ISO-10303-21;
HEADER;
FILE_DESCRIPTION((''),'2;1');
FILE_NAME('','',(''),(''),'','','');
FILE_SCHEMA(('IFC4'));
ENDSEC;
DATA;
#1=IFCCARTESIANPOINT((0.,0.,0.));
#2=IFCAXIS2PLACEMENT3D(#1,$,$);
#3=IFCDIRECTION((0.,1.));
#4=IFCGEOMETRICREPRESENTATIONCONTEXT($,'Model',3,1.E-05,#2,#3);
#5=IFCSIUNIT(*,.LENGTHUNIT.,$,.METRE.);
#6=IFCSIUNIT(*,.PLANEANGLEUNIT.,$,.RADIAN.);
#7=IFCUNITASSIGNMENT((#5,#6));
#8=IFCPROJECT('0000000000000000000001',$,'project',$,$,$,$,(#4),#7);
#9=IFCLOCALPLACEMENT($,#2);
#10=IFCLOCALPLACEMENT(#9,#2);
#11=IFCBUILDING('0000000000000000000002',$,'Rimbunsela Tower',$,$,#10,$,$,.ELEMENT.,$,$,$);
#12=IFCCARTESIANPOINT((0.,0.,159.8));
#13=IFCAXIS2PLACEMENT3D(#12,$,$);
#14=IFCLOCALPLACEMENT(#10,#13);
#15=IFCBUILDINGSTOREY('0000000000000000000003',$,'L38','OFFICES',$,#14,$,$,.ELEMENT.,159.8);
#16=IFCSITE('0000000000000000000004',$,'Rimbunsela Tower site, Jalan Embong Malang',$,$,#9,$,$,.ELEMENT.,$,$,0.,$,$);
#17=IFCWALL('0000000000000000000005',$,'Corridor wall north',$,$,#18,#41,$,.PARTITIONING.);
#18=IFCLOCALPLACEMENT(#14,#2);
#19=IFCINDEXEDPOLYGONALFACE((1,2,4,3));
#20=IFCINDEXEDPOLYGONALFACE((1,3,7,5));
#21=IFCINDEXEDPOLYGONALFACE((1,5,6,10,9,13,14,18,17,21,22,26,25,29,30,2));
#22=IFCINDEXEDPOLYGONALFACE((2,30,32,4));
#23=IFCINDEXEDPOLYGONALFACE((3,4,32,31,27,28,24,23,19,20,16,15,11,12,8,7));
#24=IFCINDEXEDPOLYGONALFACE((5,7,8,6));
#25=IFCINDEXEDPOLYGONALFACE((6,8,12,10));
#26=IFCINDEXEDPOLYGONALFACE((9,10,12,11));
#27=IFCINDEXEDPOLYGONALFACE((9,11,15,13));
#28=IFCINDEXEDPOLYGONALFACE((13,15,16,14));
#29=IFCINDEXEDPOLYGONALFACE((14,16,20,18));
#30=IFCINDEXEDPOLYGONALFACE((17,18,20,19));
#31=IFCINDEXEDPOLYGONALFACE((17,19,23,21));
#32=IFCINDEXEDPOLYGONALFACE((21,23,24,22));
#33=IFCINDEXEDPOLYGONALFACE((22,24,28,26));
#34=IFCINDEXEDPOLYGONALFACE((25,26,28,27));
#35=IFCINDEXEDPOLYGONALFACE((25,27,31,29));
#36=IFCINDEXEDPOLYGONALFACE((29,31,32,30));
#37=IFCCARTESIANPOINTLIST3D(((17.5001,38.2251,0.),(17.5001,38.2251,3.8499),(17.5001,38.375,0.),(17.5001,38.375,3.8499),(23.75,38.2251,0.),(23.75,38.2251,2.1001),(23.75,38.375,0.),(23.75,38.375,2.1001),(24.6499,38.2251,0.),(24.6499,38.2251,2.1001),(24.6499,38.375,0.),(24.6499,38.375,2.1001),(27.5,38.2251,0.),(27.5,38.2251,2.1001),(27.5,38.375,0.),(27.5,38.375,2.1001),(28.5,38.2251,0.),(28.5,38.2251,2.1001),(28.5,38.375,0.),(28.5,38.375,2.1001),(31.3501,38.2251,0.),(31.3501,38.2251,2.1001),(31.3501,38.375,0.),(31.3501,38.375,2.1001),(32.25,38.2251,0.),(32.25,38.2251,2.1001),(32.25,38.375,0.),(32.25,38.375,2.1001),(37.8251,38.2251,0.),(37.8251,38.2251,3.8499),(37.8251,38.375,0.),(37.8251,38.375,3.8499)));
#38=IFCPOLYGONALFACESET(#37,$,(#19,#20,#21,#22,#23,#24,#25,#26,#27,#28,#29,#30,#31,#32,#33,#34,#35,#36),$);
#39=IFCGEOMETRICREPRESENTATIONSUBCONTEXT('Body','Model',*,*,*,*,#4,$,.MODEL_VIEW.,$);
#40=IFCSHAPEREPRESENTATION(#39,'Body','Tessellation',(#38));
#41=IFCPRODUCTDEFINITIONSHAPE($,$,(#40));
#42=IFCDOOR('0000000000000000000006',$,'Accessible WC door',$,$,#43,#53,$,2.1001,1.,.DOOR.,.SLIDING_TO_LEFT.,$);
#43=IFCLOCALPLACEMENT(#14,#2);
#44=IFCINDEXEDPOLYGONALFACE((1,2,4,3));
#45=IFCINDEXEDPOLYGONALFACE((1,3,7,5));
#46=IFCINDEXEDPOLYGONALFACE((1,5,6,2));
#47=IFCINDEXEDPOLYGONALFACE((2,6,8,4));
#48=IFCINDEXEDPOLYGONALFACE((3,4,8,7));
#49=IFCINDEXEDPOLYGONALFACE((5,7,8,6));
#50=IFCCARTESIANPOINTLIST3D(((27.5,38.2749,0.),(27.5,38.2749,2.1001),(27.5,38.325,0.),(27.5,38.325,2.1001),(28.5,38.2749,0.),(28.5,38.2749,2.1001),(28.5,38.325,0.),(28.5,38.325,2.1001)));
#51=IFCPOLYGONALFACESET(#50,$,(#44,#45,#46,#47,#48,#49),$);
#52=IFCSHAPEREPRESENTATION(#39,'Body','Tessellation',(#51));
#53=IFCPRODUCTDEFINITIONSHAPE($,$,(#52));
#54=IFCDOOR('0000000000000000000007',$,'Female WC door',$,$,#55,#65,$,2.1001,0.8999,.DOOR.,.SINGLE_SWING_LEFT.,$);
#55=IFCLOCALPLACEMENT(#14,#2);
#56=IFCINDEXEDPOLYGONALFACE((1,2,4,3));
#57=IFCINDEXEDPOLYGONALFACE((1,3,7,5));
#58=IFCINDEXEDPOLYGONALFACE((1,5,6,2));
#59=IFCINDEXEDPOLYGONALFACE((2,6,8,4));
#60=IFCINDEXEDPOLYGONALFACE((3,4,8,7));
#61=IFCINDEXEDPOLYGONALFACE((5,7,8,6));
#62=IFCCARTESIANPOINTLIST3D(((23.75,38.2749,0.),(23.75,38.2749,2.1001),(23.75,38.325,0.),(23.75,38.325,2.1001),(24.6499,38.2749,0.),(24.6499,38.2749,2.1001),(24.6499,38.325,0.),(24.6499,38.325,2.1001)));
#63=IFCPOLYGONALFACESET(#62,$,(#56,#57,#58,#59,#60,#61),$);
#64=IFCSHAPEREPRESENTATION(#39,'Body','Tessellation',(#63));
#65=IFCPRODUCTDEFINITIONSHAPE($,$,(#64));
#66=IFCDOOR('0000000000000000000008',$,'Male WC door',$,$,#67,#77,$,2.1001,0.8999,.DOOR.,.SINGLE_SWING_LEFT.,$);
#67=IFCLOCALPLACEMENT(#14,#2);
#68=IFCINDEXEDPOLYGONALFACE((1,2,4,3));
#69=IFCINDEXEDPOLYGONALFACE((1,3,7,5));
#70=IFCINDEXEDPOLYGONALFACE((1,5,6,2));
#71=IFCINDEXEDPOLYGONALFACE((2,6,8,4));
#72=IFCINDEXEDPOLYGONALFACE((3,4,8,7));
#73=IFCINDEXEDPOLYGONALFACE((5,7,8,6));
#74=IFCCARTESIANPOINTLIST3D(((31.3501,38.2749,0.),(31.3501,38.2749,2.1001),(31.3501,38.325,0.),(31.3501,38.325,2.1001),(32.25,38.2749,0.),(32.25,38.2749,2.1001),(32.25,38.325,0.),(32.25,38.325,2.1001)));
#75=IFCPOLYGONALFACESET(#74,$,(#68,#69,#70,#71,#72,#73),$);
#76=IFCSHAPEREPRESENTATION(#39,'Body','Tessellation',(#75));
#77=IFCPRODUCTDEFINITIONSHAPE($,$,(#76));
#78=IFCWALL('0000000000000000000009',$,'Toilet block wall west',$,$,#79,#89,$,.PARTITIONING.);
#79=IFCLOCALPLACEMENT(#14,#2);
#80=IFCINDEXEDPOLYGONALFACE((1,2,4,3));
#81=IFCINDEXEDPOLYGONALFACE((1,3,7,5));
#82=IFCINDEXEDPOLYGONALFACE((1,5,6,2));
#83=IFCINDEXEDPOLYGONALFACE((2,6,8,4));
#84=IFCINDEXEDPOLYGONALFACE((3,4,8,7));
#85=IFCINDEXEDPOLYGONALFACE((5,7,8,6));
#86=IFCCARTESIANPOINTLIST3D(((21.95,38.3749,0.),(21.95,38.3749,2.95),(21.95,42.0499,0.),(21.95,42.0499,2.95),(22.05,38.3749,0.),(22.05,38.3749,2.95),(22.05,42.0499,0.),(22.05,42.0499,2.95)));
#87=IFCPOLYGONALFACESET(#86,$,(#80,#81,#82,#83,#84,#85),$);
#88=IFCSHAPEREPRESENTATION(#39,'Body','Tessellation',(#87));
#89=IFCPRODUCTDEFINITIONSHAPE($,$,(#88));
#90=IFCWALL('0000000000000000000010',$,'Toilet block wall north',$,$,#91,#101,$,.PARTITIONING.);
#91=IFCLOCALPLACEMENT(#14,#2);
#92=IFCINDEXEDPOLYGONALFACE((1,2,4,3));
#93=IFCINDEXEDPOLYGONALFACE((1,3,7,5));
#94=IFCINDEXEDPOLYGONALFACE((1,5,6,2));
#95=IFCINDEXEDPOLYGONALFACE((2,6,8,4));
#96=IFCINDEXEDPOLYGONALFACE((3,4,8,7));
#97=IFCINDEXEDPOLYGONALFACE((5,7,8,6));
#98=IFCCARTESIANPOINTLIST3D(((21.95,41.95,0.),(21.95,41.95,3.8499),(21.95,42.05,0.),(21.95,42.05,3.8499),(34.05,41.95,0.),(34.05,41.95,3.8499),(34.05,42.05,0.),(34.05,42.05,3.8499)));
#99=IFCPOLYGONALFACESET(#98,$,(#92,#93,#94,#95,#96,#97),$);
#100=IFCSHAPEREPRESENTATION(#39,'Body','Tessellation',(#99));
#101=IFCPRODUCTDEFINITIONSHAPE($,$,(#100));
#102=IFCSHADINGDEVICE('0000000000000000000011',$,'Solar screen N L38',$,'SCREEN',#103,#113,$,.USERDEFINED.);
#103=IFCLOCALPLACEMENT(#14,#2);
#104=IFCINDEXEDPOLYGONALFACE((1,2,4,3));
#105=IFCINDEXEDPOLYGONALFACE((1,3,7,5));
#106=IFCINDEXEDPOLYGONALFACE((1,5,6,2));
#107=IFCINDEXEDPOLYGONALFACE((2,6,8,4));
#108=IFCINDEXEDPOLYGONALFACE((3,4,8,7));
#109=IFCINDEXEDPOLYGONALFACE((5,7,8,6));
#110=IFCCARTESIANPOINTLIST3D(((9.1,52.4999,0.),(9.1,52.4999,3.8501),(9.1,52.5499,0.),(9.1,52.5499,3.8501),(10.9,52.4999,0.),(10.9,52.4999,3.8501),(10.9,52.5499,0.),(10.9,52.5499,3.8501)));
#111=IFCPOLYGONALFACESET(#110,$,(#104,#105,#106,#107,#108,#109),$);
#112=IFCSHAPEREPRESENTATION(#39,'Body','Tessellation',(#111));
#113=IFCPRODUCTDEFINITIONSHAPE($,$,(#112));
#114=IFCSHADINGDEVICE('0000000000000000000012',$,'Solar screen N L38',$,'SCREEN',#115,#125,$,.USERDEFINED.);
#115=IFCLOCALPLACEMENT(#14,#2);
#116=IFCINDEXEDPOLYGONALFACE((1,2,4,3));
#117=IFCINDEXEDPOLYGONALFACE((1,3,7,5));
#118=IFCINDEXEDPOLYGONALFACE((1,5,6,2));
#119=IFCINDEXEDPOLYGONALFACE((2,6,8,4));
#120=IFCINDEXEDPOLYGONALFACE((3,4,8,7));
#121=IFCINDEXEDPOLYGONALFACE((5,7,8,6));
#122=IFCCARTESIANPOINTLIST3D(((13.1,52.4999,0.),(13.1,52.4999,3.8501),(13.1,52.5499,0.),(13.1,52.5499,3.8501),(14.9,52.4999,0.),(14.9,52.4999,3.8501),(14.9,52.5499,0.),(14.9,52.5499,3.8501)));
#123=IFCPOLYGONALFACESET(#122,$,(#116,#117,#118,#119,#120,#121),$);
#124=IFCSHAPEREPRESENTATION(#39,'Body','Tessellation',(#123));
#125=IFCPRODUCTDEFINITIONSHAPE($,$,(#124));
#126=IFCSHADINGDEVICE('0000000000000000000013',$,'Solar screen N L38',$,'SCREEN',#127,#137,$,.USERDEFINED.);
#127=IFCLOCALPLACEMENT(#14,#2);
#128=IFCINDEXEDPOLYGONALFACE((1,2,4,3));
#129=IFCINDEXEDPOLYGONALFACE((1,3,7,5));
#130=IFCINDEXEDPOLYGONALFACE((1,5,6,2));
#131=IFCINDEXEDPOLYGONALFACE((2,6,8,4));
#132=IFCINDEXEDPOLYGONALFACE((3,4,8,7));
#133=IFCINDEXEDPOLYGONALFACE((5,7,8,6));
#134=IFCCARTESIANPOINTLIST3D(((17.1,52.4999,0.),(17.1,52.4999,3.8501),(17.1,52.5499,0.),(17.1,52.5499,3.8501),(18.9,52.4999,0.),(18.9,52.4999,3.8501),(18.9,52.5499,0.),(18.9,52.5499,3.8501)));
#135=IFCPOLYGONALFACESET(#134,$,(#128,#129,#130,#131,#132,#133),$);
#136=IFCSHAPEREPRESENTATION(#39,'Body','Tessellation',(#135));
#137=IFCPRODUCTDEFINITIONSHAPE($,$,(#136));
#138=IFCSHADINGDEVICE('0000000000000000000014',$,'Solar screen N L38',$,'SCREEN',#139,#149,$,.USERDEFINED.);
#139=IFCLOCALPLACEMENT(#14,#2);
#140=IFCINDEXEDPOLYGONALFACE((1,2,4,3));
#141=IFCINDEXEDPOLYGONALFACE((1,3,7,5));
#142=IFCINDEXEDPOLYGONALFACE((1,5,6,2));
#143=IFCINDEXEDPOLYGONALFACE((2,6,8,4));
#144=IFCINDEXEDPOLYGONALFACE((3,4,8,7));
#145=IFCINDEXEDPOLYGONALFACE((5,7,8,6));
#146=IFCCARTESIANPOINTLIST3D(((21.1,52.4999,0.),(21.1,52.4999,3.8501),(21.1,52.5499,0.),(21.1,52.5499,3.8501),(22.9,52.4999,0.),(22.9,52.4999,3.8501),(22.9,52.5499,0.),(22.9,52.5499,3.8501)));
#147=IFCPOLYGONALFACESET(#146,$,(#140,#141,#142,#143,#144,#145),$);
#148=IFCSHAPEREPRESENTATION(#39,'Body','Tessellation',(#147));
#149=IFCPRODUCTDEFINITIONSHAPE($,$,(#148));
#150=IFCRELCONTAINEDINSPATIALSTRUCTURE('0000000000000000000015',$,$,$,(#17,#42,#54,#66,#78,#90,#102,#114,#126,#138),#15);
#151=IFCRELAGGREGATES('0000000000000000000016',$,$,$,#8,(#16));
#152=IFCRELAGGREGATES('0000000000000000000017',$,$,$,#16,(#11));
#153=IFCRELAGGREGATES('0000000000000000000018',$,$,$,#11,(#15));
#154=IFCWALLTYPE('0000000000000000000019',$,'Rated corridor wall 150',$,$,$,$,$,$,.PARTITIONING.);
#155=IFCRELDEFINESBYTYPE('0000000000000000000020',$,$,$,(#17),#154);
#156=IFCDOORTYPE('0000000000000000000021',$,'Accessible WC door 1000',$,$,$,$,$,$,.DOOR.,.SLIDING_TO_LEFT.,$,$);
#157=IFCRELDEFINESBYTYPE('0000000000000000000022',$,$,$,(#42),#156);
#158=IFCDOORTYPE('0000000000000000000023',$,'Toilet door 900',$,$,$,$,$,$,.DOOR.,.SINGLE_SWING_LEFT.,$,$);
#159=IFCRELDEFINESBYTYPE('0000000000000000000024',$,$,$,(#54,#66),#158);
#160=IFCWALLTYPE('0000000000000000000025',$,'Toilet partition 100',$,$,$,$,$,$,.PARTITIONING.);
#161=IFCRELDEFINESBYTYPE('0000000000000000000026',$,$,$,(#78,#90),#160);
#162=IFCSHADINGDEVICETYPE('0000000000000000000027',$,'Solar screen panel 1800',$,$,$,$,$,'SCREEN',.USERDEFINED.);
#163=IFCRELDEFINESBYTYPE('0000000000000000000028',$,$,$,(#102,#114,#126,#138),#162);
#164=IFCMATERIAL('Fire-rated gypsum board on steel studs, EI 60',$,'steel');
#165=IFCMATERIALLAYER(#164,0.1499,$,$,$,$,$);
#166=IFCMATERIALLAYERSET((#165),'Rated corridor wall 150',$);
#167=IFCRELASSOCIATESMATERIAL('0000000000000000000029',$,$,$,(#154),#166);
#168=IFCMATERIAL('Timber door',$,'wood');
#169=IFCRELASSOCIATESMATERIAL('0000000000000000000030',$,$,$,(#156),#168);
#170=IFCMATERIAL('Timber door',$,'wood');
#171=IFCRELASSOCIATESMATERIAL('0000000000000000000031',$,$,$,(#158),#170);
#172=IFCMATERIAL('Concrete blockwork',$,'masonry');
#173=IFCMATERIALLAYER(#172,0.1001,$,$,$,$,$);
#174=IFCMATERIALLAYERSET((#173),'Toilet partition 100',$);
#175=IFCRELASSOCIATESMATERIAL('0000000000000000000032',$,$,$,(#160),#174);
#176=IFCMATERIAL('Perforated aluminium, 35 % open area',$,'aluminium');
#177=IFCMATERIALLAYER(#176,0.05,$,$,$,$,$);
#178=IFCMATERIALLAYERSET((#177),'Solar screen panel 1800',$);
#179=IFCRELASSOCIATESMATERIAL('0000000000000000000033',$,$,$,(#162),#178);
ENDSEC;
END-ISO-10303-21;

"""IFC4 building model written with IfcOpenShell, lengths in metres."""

from ifc_helpers import new_model, si_unit, direction, frame, frame_2d, origin, origin_2d, place, context, subcontext, project, spatial, rectangle, extrude, material, layer, layer_set, type_object, element, fill, save


model = new_model("IFC4")

# Units and contexts
model_context = context("Model", 3, precision=1e-05, world=origin(), true_north=direction((0.0, 1.0)))
body_context = subcontext(model_context, "Body", "Model", "MODEL_VIEW")
ifc_project = project(units=[si_unit("LENGTHUNIT", "METRE"), si_unit("PLANEANGLEUNIT", "RADIAN")], contexts=[model_context])

# Site, building, storey
site_placement = place(None, origin())
site = spatial("IfcSite", under=ifc_project, at=site_placement, Name="Rimbunsela Tower site, Jalan Embong Malang", CompositionType="ELEMENT", RefElevation=0.0)
building_placement = place(site_placement, origin())
building = spatial("IfcBuilding", under=site, at=building_placement, Name="Rimbunsela Tower", CompositionType="ELEMENT")
storey_placement = place(building_placement, frame((0.0, 0.0, 159.8)))
storey = spatial("IfcBuildingStorey", under=building, at=storey_placement, Name="L38", Description="OFFICES", CompositionType="ELEMENT", Elevation=159.8)

# Wall, openings, doors
ifc_material_1 = material(Name="Fire-rated gypsum board on steel studs, EI 60", Category="steel")
ifc_layer_1 = layer(ifc_material_1, 0.1499)
ifc_layer_set_1 = layer_set([ifc_layer_1], Name="Rated corridor wall 150")
wall_type_1 = type_object("IfcWallType", Name="Rated corridor wall 150", PredefinedType="PARTITIONING", material=ifc_layer_set_1)
wall_1_placement = place(storey_placement, frame((17.5, 38.3, 0.0), z_axis=(0.0, 0.0, 1.0), x_axis=(1.0, 0.0, 0.0)))
wall_1 = element("IfcWall", 1, at=wall_1_placement, inside=storey, type_object=wall_type_1, Name="Corridor wall north", PredefinedType="PARTITIONING", context=body_context, shape_type="SweptSolid", body=[
    extrude(rectangle(XDim=20.325, YDim=0.1499, at=frame_2d((10.1626, 0.0))), origin(), (0.0, 0.0, 1.0), 3.8499),
])
opening_1_placement = place(wall_1_placement, frame((6.25, 0.0, 0.0)))
opening_1 = element("IfcOpeningElement", 2, at=opening_1_placement, cuts=wall_1, PredefinedType="OPENING", context=body_context, shape_type="SweptSolid", body=[
    extrude(rectangle(XDim=0.8999, YDim=2.1001, at=frame_2d((0.45, 1.05))), frame((0.0, 0.085, 0.0), z_axis=(0.0, -1.0, 0.0), x_axis=(1.0, 0.0, 0.0)), (0.0, 0.0, 1.0), 0.1699),
])
opening_2_placement = place(wall_1_placement, frame((10.0, 0.0, 0.0)))
opening_2 = element("IfcOpeningElement", 3, at=opening_2_placement, cuts=wall_1, PredefinedType="OPENING", context=body_context, shape_type="SweptSolid", body=[
    extrude(rectangle(XDim=1.0, YDim=2.1001, at=frame_2d((0.5, 1.05))), frame((0.0, 0.085, 0.0), z_axis=(0.0, -1.0, 0.0), x_axis=(1.0, 0.0, 0.0)), (0.0, 0.0, 1.0), 0.1699),
])
opening_3_placement = place(wall_1_placement, frame((13.8501, 0.0, 0.0)))
opening_3 = element("IfcOpeningElement", 4, at=opening_3_placement, cuts=wall_1, PredefinedType="OPENING", context=body_context, shape_type="SweptSolid", body=[
    extrude(rectangle(XDim=0.8999, YDim=2.1001, at=frame_2d((0.45, 1.05))), frame((0.0, 0.085, 0.0), z_axis=(0.0, -1.0, 0.0), x_axis=(1.0, 0.0, 0.0)), (0.0, 0.0, 1.0), 0.1699),
])
ifc_material_2 = material(Name="Timber door", Category="wood")
door_type_1 = type_object("IfcDoorType", Name="Accessible WC door 1000", OperationType="SLIDING_TO_LEFT", PredefinedType="DOOR", material=ifc_material_2)
door_1_placement = place(opening_2_placement, origin())
door_1 = element("IfcDoor", 5, at=door_1_placement, inside=storey, type_object=door_type_1, Name="Accessible WC door", OperationType="SLIDING_TO_LEFT", OverallHeight=2.1001, OverallWidth=1.0, PredefinedType="DOOR", context=body_context, shape_type="SweptSolid", body=[
    extrude(rectangle(XDim=1.0, YDim=2.1001, at=frame_2d((0.5, 1.05))), frame((0.0, 0.0249, 0.0), z_axis=(0.0, -1.0, 0.0), x_axis=(1.0, 0.0, 0.0)), (0.0, 0.0, 1.0), 0.05),
])
fill(opening_2, door_1)
ifc_material_3 = material(Name="Timber door", Category="wood")
door_type_2 = type_object("IfcDoorType", Name="Toilet door 900", OperationType="SINGLE_SWING_LEFT", PredefinedType="DOOR", material=ifc_material_3)
door_2_placement = place(opening_1_placement, origin())
door_2 = element("IfcDoor", 6, at=door_2_placement, inside=storey, type_object=door_type_2, Name="Female WC door", OperationType="SINGLE_SWING_LEFT", OverallHeight=2.1001, OverallWidth=0.8999, PredefinedType="DOOR", context=body_context, shape_type="SweptSolid", body=[
    extrude(rectangle(XDim=0.8999, YDim=2.1001, at=frame_2d((0.45, 1.05))), frame((0.0, 0.0249, 0.0), z_axis=(0.0, -1.0, 0.0), x_axis=(1.0, 0.0, 0.0)), (0.0, 0.0, 1.0), 0.05),
])
fill(opening_1, door_2)
door_3_placement = place(opening_3_placement, origin())
door_3 = element("IfcDoor", 7, at=door_3_placement, inside=storey, type_object=door_type_2, Name="Male WC door", OperationType="SINGLE_SWING_LEFT", OverallHeight=2.1001, OverallWidth=0.8999, PredefinedType="DOOR", context=body_context, shape_type="SweptSolid", body=[
    extrude(rectangle(XDim=0.8999, YDim=2.1001, at=frame_2d((0.45, 1.05))), frame((0.0, 0.0249, 0.0), z_axis=(0.0, -1.0, 0.0), x_axis=(1.0, 0.0, 0.0)), (0.0, 0.0, 1.0), 0.05),
])
fill(opening_3, door_3)

# Walls
ifc_material_4 = material(Name="Concrete blockwork", Category="masonry")
ifc_layer_2 = layer(ifc_material_4, 0.1001)
ifc_layer_set_2 = layer_set([ifc_layer_2], Name="Toilet partition 100")
wall_type_2 = type_object("IfcWallType", Name="Toilet partition 100", PredefinedType="PARTITIONING", material=ifc_layer_set_2)
wall_2_placement = place(storey_placement, frame((22.0, 38.375, 0.0), z_axis=(0.0, 0.0, 1.0), x_axis=(0.0, 1.0, 0.0)))
element("IfcWall", 8, at=wall_2_placement, inside=storey, type_object=wall_type_2, Name="Toilet block wall west", PredefinedType="PARTITIONING", context=body_context, shape_type="SweptSolid", body=[
    extrude(rectangle(XDim=3.675, YDim=0.1001, at=frame_2d((1.8374, 0.0))), origin(), (0.0, 0.0, 1.0), 2.95),
])
wall_3_placement = place(storey_placement, frame((21.95, 42.0, 0.0), z_axis=(0.0, 0.0, 1.0), x_axis=(1.0, 0.0, 0.0)))
element("IfcWall", 9, at=wall_3_placement, inside=storey, type_object=wall_type_2, Name="Toilet block wall north", PredefinedType="PARTITIONING", context=body_context, shape_type="SweptSolid", body=[
    extrude(rectangle(XDim=12.1001, YDim=0.1001, at=frame_2d((6.05, 0.0))), origin(), (0.0, 0.0, 1.0), 3.8499),
])

# Shading devices
ifc_material_5 = material(Name="Perforated aluminium, 35 % open area", Category="aluminium")
ifc_layer_3 = layer(ifc_material_5, 0.05)
ifc_layer_set_3 = layer_set([ifc_layer_3], Name="Solar screen panel 1800")
shading_device_type = type_object("IfcShadingDeviceType", Name="Solar screen panel 1800", ElementType="SCREEN", PredefinedType="USERDEFINED", material=ifc_layer_set_3)
for number, where, z_axis, x_axis, name in (
    (10, (10.0, 52.5249, 0.0), (0.0, 0.0, 1.0), (1.0, 0.0, 0.0), "Solar screen N L38"),
    (11, (14.0, 52.5249, 0.0), (0.0, 0.0, 1.0), (1.0, 0.0, 0.0), "Solar screen N L38"),
    (12, (18.0, 52.5249, 0.0), (0.0, 0.0, 1.0), (1.0, 0.0, 0.0), "Solar screen N L38"),
    (13, (22.0, 52.5249, 0.0), (0.0, 0.0, 1.0), (1.0, 0.0, 0.0), "Solar screen N L38"),
):
    element("IfcShadingDevice", number, at=place(storey_placement, frame(where, z_axis=z_axis, x_axis=x_axis)), inside=storey, type_object=shading_device_type, Name=name, ObjectType="SCREEN", PredefinedType="USERDEFINED", context=body_context, shape_type="SweptSolid", body=[
        extrude(rectangle(XDim=1.8, YDim=0.05, at=origin_2d()), origin(), (0.0, 0.0, 1.0), 3.8501),
    ])

save(model, "model.ifc")
